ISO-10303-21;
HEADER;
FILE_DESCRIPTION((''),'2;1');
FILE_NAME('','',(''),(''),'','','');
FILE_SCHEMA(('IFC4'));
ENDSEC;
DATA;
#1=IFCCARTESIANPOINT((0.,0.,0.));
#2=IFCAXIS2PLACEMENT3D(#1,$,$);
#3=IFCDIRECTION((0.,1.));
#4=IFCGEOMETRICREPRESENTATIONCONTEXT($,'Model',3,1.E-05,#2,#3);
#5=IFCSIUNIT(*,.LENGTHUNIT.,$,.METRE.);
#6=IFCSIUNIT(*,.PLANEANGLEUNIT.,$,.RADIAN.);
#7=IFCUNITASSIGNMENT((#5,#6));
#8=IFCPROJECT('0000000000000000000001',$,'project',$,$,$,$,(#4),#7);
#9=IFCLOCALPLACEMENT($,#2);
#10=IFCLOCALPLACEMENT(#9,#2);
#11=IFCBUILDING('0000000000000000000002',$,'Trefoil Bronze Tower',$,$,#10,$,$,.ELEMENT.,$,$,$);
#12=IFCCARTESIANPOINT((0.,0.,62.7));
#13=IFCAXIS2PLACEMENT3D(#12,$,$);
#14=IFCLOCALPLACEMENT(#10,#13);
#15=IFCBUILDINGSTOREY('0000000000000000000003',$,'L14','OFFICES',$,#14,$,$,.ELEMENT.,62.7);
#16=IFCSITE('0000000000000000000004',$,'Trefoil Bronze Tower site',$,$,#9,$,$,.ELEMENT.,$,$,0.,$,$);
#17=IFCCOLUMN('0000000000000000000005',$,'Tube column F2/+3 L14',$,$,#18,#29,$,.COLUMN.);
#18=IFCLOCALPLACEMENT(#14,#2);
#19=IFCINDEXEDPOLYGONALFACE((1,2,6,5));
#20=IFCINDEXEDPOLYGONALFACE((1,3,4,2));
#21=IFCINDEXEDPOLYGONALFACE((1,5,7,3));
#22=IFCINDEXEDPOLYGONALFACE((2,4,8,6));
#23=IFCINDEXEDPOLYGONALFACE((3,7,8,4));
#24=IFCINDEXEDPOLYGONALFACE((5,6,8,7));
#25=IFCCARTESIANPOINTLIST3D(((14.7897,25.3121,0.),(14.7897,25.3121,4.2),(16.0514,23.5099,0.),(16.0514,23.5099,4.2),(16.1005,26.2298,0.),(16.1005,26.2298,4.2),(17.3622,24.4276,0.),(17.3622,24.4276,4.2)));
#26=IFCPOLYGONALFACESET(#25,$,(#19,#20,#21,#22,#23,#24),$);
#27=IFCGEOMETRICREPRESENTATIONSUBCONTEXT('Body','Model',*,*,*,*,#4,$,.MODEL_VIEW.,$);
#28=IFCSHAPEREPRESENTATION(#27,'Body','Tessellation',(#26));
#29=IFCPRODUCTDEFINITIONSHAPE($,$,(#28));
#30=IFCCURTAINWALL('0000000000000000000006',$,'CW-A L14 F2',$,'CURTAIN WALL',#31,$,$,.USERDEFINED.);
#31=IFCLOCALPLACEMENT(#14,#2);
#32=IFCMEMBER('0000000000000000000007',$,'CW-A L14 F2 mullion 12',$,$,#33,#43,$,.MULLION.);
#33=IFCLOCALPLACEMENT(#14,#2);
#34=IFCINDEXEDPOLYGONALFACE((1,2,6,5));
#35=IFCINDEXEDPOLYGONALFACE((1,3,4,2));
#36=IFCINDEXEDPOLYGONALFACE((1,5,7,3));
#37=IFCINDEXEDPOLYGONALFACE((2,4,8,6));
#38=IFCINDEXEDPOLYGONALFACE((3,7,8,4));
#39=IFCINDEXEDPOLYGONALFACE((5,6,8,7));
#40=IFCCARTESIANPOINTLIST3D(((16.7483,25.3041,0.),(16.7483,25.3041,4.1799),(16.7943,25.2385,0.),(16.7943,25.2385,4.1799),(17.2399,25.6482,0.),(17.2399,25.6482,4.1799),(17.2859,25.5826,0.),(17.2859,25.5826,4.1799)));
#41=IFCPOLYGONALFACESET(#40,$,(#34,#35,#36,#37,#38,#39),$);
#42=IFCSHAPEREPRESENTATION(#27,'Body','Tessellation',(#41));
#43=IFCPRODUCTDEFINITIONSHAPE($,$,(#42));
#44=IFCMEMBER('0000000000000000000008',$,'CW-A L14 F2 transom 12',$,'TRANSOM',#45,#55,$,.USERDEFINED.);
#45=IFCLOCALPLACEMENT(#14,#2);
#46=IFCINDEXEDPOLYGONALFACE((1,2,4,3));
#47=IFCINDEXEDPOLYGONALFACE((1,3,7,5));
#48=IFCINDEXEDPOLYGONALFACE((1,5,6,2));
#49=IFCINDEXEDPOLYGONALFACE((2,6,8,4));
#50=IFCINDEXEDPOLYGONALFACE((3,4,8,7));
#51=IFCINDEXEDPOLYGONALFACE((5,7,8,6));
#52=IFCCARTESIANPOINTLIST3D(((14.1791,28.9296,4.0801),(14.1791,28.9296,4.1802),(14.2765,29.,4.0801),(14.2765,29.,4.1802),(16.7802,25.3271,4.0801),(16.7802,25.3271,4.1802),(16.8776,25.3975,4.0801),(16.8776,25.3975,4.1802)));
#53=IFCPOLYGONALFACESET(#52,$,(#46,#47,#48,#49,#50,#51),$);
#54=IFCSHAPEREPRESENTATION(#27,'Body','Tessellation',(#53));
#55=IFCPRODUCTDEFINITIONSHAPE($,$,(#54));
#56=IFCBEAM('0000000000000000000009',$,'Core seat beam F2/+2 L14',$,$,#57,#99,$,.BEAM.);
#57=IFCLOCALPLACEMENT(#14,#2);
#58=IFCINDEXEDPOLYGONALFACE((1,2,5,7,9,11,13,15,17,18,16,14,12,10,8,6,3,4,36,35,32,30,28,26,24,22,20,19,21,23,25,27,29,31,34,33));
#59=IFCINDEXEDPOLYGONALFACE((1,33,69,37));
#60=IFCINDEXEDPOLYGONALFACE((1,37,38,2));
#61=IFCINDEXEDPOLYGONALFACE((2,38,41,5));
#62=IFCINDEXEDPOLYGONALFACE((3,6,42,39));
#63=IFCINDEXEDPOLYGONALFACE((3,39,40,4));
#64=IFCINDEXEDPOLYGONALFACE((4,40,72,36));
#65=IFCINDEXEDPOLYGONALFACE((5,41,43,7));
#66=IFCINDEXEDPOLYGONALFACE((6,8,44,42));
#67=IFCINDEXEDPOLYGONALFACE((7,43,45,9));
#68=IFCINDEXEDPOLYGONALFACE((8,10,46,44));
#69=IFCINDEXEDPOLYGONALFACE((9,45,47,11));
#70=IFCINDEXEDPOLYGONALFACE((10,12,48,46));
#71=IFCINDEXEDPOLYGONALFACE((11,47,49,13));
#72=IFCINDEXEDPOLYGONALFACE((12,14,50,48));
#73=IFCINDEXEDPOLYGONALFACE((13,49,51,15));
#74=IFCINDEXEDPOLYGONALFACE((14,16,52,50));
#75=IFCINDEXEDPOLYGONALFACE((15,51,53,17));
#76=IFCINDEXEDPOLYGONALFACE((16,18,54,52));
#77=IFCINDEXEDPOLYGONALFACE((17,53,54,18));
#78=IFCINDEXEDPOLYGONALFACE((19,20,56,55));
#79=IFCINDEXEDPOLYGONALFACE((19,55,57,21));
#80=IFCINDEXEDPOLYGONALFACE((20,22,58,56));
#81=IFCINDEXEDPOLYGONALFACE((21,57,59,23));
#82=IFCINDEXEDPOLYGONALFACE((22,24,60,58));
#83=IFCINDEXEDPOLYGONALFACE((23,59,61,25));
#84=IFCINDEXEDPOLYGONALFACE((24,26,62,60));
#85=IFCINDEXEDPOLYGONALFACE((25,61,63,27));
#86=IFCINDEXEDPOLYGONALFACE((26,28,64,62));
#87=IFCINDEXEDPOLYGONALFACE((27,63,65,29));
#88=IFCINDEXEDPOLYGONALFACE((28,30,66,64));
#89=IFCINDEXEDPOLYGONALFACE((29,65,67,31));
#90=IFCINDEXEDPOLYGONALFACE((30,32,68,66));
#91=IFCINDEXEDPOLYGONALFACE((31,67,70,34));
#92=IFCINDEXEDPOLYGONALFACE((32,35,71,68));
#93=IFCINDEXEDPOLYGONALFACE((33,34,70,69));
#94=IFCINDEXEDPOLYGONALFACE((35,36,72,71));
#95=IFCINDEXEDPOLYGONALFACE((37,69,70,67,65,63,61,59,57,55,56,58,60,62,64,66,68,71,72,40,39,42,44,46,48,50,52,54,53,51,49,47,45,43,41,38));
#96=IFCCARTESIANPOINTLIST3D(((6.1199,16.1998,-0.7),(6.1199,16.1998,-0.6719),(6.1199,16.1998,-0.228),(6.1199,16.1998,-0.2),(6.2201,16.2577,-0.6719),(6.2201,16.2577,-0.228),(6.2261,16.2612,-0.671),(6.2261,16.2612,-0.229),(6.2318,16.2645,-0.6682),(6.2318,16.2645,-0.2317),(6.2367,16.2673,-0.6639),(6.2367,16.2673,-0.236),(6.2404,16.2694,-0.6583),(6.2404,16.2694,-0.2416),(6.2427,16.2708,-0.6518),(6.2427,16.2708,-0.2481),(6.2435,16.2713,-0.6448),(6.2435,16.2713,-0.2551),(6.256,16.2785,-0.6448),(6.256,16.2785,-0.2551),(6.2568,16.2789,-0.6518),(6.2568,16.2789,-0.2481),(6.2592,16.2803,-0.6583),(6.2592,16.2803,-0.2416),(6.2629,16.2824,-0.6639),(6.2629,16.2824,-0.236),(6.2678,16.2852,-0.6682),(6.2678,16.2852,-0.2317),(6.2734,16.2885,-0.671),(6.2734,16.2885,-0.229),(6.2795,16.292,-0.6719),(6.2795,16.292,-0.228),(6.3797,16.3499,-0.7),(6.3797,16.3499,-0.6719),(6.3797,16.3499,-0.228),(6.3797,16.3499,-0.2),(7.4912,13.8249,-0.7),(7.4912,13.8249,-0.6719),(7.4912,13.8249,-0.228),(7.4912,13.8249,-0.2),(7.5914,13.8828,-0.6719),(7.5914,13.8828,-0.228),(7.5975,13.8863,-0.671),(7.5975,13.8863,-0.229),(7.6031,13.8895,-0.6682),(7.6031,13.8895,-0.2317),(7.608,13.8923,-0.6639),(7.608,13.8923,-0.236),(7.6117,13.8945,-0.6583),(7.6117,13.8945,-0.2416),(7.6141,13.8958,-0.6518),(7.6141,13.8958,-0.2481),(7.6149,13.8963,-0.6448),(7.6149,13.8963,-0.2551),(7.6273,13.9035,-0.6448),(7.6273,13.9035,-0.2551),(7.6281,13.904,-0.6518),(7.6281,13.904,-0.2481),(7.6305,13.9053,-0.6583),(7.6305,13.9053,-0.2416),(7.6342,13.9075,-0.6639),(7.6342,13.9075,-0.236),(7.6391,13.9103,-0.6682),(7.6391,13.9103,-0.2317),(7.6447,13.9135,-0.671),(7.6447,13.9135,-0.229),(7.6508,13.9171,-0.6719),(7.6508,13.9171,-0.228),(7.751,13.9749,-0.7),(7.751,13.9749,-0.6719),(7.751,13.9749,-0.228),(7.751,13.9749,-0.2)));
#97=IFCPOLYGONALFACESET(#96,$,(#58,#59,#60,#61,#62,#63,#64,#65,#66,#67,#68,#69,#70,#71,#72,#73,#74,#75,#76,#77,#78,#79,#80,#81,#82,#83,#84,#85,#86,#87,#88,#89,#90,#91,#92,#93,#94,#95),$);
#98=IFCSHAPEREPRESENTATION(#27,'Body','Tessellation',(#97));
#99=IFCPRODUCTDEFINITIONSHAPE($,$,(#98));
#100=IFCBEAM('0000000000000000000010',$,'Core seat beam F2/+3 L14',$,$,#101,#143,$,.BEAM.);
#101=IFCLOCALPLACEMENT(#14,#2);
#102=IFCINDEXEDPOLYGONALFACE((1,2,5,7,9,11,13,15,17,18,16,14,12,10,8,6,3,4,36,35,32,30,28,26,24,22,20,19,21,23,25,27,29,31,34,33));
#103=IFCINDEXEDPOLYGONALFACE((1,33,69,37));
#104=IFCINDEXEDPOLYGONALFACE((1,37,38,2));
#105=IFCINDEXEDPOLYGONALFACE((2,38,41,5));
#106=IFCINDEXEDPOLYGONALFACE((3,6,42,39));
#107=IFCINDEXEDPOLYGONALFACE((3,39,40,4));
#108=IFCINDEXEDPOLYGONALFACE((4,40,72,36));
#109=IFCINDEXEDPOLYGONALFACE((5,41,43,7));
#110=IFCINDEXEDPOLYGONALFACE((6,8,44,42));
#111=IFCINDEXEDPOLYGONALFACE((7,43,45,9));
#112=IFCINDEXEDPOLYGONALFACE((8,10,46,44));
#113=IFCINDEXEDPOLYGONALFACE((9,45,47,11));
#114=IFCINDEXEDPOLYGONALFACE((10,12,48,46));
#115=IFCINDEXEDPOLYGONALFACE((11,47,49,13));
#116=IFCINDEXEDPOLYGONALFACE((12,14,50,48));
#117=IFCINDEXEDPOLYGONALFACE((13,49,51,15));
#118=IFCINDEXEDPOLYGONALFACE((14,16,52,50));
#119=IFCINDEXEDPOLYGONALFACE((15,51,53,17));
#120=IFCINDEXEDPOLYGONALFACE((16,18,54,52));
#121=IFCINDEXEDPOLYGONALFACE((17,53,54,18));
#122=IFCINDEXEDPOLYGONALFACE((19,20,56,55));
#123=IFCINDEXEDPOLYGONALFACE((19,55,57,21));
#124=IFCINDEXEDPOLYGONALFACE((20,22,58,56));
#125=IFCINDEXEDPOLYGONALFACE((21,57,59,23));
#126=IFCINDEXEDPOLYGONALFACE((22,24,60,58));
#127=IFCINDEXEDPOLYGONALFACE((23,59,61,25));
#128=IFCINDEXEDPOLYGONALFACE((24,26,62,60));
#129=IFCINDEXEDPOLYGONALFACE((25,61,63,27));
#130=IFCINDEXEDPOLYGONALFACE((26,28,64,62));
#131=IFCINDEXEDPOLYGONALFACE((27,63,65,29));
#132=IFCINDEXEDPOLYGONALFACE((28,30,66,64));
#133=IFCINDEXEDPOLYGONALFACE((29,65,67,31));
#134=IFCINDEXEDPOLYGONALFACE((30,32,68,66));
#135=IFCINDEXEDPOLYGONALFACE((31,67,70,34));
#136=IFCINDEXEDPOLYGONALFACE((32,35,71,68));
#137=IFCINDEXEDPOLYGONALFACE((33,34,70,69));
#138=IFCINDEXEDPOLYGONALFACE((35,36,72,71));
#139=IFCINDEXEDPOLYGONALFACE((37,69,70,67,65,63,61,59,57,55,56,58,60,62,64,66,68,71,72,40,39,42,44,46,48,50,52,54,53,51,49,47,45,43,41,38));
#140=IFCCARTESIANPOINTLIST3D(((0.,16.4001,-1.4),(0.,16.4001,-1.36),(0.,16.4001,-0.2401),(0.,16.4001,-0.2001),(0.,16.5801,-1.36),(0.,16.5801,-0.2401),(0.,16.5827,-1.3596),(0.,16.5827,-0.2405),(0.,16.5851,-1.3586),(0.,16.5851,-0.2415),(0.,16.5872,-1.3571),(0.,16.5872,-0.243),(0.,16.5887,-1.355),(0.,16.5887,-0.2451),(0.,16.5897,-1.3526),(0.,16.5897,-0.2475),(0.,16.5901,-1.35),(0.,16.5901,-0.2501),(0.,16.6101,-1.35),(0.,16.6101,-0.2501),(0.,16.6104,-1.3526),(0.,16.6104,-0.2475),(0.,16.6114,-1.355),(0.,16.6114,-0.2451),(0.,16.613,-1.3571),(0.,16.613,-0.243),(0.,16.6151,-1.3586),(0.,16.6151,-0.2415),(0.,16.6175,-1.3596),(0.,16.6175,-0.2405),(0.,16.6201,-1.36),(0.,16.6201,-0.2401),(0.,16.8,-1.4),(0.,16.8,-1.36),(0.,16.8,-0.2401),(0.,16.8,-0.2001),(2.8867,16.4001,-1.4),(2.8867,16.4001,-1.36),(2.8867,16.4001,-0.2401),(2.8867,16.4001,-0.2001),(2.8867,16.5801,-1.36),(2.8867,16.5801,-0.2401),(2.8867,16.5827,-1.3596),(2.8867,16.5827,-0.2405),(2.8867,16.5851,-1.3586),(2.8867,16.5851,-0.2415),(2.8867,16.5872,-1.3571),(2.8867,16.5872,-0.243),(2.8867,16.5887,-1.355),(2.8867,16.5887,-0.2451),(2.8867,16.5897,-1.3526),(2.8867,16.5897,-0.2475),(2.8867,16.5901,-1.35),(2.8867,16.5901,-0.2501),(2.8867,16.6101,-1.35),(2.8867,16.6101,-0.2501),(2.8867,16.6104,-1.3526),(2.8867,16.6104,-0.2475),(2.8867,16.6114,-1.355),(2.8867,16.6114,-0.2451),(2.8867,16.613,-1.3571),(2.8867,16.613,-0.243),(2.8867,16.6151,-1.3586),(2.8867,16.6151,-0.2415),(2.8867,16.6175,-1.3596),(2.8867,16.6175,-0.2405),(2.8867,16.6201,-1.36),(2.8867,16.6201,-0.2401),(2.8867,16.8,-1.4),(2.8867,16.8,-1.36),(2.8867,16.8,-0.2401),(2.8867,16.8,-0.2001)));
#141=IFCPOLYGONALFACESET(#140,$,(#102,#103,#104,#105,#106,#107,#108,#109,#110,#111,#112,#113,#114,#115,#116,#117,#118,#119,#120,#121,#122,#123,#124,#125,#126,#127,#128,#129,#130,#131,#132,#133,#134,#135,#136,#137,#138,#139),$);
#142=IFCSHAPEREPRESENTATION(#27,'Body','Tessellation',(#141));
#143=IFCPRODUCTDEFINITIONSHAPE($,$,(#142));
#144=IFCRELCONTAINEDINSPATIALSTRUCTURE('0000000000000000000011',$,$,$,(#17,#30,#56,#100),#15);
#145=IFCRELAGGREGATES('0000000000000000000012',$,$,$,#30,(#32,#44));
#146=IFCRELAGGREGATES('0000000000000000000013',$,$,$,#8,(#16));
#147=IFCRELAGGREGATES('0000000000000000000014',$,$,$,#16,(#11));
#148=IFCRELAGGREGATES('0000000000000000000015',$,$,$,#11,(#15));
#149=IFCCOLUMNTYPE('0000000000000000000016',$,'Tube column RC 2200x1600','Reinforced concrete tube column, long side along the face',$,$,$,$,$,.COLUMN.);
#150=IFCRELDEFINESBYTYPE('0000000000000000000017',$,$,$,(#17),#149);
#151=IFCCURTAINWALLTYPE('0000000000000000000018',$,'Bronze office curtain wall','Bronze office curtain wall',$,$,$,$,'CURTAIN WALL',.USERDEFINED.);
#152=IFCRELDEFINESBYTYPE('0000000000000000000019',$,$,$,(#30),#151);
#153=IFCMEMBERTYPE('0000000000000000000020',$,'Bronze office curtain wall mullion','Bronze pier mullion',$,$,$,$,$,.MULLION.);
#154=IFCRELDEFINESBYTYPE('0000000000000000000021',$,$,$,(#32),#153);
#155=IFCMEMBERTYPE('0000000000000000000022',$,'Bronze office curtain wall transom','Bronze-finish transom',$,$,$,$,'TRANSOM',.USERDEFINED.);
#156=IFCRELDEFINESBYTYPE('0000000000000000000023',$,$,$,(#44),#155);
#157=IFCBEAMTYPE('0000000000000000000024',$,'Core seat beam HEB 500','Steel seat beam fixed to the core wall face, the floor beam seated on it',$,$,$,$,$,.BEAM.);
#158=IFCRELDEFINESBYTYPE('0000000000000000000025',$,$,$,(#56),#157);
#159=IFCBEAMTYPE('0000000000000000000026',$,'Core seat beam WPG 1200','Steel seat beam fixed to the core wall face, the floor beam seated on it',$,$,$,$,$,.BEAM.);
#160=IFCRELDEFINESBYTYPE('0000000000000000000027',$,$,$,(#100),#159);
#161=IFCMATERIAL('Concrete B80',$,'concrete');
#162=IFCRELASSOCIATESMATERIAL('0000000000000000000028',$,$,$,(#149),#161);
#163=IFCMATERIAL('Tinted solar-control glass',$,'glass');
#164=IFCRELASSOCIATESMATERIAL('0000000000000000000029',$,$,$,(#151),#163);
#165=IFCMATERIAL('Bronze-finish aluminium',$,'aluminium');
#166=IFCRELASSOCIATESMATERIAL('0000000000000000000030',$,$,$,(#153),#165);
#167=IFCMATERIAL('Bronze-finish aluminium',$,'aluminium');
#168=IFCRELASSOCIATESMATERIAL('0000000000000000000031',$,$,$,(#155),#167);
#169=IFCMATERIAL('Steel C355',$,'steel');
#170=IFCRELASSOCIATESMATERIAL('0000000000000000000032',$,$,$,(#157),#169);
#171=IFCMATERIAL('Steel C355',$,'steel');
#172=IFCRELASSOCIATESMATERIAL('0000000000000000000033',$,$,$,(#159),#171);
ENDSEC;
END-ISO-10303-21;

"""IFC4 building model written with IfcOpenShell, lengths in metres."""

from ifc_helpers import new_model, si_unit, direction, frame, origin, origin_2d, place, context, subcontext, project, spatial, rectangle, i_section, extrude, material, material_profile, profile_set, type_object, element, aggregate, save


model = new_model("IFC4")

# Units and contexts
model_context = context("Model", 3, precision=1e-05, world=origin(), true_north=direction((0.0, 1.0)))
body_context = subcontext(model_context, "Body", "Model", "MODEL_VIEW")
ifc_project = project(units=[si_unit("LENGTHUNIT", "METRE"), si_unit("PLANEANGLEUNIT", "RADIAN")], contexts=[model_context])

# Site, building, storey
site_placement = place(None, origin())
site = spatial("IfcSite", under=ifc_project, at=site_placement, Name="Trefoil Bronze Tower site", CompositionType="ELEMENT", RefElevation=0.0)
building_placement = place(site_placement, origin())
building = spatial("IfcBuilding", under=site, at=building_placement, Name="Trefoil Bronze Tower", CompositionType="ELEMENT")
storey_placement = place(building_placement, frame((0.0, 0.0, 62.7)))
storey = spatial("IfcBuildingStorey", under=building, at=storey_placement, Name="L14", Description="OFFICES", CompositionType="ELEMENT", Elevation=62.7)

# Column
ifc_material_1 = material(Name="Concrete B80", Category="concrete")
ifc_material_profile_1 = material_profile(ifc_material_1, rectangle(XDim=2.2, YDim=1.6001, at=origin_2d()), Name="RC 2200x1600")
ifc_profile_set_1 = profile_set([ifc_material_profile_1], Name="Concrete B80")
column_type = type_object("IfcColumnType", Name="Tube column RC 2200x1600", Description="Reinforced concrete tube column, long side along the face", PredefinedType="COLUMN", material=ifc_profile_set_1)
column_placement = place(storey_placement, frame((16.0759, 24.8699, 0.0), z_axis=(0.0, 0.0, 1.0), x_axis=(-0.573502, 0.819204, 0.0)))
element("IfcColumn", 1, at=column_placement, inside=storey, type_object=column_type, Name="Tube column F2/+3 L14", PredefinedType="COLUMN", context=body_context, shape_type="SweptSolid", body=[
    extrude(rectangle(XDim=2.2, YDim=1.6001, at=origin_2d()), origin(), (0.0, 0.0, 1.0), 4.2),
])

# Curtain wall, members
ifc_material_2 = material(Name="Tinted solar-control glass", Category="glass")
curtain_wall_type = type_object("IfcCurtainWallType", Name="Bronze office curtain wall", Description="Bronze office curtain wall", ElementType="CURTAIN WALL", PredefinedType="USERDEFINED", material=ifc_material_2)
curtain_wall_placement = place(storey_placement, origin())
curtain_wall = element("IfcCurtainWall", 2, at=curtain_wall_placement, inside=storey, type_object=curtain_wall_type, Name="CW-A L14 F2", ObjectType="CURTAIN WALL", PredefinedType="USERDEFINED")
ifc_material_3 = material(Name="Bronze-finish aluminium", Category="aluminium")
ifc_material_profile_2 = material_profile(ifc_material_3, rectangle(XDim=0.6001, YDim=0.0801, at=origin_2d()), Name="CW-A mullion")
ifc_profile_set_2 = profile_set([ifc_material_profile_2], Name="Bronze-finish aluminium")
member_type_1 = type_object("IfcMemberType", Name="Bronze office curtain wall mullion", Description="Bronze pier mullion", PredefinedType="MULLION", material=ifc_profile_set_2)
member_1_placement = place(storey_placement, frame((17.0171, 25.4434, 0.0), z_axis=(0.0, 0.0, 1.0), x_axis=(-0.819204, -0.573502, 0.0)))
member_1 = element("IfcMember", 3, at=member_1_placement, type_object=member_type_1, Name="CW-A L14 F2 mullion 12", PredefinedType="MULLION", context=body_context, shape_type="SweptSolid", body=[
    extrude(rectangle(XDim=0.6001, YDim=0.0801, at=origin_2d()), origin(), (0.0, 0.0, 1.0), 4.1799),
])
ifc_material_4 = material(Name="Bronze-finish aluminium", Category="aluminium")
ifc_material_profile_3 = material_profile(ifc_material_4, rectangle(XDim=0.1201, YDim=0.1001, at=origin_2d()), Name="CW-A transom")
ifc_profile_set_3 = profile_set([ifc_material_profile_3], Name="Bronze-finish aluminium")
member_type_2 = type_object("IfcMemberType", Name="Bronze office curtain wall transom", Description="Bronze-finish transom", ElementType="TRANSOM", PredefinedType="USERDEFINED", material=ifc_profile_set_3)
member_2_placement = place(storey_placement, frame((16.8289, 25.3623, 4.1301), z_axis=(-0.585378, 0.81076, 0.0), x_axis=(-0.81076, -0.585378, 0.0)))
member_2 = element("IfcMember", 4, at=member_2_placement, type_object=member_type_2, Name="CW-A L14 F2 transom 12", ObjectType="TRANSOM", PredefinedType="USERDEFINED", context=body_context, shape_type="SweptSolid", body=[
    extrude(rectangle(XDim=0.1201, YDim=0.1001, at=origin_2d()), origin(), (0.0, 0.0, 1.0), 4.4434),
])

# Beams
ifc_material_5 = material(Name="Steel C355", Category="steel")
ifc_material_profile_4 = material_profile(ifc_material_5, i_section(OverallWidth=0.3, OverallDepth=0.5, WebThickness=0.0144, FlangeThickness=0.0281, FilletRadius=0.0271, at=origin_2d()), Name="HEB 500")
ifc_profile_set_4 = profile_set([ifc_material_profile_4], Name="Steel C355")
beam_type_1 = type_object("IfcBeamType", Name="Core seat beam HEB 500", Description="Steel seat beam fixed to the core wall face, the floor beam seated on it", PredefinedType="BEAM", material=ifc_profile_set_4)
beam_1_placement = place(storey_placement, frame((7.6211, 13.8999, -0.45), z_axis=(-0.500036, 0.866005, 0.0), x_axis=(-0.866005, -0.500036, 0.0)))
element("IfcBeam", 5, at=beam_1_placement, inside=storey, type_object=beam_type_1, Name="Core seat beam F2/+2 L14", PredefinedType="BEAM", context=body_context, shape_type="SweptSolid", body=[
    extrude(i_section(OverallWidth=0.3, OverallDepth=0.5, WebThickness=0.0144, FlangeThickness=0.0281, FilletRadius=0.0271, at=origin_2d()), origin(), (0.0, 0.0, 1.0), 2.7424),
])
ifc_material_6 = material(Name="Steel C355", Category="steel")
ifc_material_profile_5 = material_profile(ifc_material_6, i_section(OverallWidth=0.3999, OverallDepth=1.2, WebThickness=0.02, FlangeThickness=0.04, FilletRadius=0.01, at=origin_2d()), Name="WPG 1200")
ifc_profile_set_5 = profile_set([ifc_material_profile_5], Name="Steel C355")
beam_type_2 = type_object("IfcBeamType", Name="Core seat beam WPG 1200", Description="Steel seat beam fixed to the core wall face, the floor beam seated on it", PredefinedType="BEAM", material=ifc_profile_set_5)
beam_2_placement = place(storey_placement, frame((2.8867, 16.6001, -0.8), z_axis=(-1.0, 0.0, 0.0), x_axis=(0.0, -1.0, 0.0)))
element("IfcBeam", 6, at=beam_2_placement, inside=storey, type_object=beam_type_2, Name="Core seat beam F2/+3 L14", PredefinedType="BEAM", context=body_context, shape_type="SweptSolid", body=[
    extrude(i_section(OverallWidth=0.3999, OverallDepth=1.2, WebThickness=0.02, FlangeThickness=0.04, FilletRadius=0.01, at=origin_2d()), origin(), (0.0, 0.0, 1.0), 2.8867),
])

aggregate(curtain_wall, [member_1, member_2])

save(model, "model.ifc")
